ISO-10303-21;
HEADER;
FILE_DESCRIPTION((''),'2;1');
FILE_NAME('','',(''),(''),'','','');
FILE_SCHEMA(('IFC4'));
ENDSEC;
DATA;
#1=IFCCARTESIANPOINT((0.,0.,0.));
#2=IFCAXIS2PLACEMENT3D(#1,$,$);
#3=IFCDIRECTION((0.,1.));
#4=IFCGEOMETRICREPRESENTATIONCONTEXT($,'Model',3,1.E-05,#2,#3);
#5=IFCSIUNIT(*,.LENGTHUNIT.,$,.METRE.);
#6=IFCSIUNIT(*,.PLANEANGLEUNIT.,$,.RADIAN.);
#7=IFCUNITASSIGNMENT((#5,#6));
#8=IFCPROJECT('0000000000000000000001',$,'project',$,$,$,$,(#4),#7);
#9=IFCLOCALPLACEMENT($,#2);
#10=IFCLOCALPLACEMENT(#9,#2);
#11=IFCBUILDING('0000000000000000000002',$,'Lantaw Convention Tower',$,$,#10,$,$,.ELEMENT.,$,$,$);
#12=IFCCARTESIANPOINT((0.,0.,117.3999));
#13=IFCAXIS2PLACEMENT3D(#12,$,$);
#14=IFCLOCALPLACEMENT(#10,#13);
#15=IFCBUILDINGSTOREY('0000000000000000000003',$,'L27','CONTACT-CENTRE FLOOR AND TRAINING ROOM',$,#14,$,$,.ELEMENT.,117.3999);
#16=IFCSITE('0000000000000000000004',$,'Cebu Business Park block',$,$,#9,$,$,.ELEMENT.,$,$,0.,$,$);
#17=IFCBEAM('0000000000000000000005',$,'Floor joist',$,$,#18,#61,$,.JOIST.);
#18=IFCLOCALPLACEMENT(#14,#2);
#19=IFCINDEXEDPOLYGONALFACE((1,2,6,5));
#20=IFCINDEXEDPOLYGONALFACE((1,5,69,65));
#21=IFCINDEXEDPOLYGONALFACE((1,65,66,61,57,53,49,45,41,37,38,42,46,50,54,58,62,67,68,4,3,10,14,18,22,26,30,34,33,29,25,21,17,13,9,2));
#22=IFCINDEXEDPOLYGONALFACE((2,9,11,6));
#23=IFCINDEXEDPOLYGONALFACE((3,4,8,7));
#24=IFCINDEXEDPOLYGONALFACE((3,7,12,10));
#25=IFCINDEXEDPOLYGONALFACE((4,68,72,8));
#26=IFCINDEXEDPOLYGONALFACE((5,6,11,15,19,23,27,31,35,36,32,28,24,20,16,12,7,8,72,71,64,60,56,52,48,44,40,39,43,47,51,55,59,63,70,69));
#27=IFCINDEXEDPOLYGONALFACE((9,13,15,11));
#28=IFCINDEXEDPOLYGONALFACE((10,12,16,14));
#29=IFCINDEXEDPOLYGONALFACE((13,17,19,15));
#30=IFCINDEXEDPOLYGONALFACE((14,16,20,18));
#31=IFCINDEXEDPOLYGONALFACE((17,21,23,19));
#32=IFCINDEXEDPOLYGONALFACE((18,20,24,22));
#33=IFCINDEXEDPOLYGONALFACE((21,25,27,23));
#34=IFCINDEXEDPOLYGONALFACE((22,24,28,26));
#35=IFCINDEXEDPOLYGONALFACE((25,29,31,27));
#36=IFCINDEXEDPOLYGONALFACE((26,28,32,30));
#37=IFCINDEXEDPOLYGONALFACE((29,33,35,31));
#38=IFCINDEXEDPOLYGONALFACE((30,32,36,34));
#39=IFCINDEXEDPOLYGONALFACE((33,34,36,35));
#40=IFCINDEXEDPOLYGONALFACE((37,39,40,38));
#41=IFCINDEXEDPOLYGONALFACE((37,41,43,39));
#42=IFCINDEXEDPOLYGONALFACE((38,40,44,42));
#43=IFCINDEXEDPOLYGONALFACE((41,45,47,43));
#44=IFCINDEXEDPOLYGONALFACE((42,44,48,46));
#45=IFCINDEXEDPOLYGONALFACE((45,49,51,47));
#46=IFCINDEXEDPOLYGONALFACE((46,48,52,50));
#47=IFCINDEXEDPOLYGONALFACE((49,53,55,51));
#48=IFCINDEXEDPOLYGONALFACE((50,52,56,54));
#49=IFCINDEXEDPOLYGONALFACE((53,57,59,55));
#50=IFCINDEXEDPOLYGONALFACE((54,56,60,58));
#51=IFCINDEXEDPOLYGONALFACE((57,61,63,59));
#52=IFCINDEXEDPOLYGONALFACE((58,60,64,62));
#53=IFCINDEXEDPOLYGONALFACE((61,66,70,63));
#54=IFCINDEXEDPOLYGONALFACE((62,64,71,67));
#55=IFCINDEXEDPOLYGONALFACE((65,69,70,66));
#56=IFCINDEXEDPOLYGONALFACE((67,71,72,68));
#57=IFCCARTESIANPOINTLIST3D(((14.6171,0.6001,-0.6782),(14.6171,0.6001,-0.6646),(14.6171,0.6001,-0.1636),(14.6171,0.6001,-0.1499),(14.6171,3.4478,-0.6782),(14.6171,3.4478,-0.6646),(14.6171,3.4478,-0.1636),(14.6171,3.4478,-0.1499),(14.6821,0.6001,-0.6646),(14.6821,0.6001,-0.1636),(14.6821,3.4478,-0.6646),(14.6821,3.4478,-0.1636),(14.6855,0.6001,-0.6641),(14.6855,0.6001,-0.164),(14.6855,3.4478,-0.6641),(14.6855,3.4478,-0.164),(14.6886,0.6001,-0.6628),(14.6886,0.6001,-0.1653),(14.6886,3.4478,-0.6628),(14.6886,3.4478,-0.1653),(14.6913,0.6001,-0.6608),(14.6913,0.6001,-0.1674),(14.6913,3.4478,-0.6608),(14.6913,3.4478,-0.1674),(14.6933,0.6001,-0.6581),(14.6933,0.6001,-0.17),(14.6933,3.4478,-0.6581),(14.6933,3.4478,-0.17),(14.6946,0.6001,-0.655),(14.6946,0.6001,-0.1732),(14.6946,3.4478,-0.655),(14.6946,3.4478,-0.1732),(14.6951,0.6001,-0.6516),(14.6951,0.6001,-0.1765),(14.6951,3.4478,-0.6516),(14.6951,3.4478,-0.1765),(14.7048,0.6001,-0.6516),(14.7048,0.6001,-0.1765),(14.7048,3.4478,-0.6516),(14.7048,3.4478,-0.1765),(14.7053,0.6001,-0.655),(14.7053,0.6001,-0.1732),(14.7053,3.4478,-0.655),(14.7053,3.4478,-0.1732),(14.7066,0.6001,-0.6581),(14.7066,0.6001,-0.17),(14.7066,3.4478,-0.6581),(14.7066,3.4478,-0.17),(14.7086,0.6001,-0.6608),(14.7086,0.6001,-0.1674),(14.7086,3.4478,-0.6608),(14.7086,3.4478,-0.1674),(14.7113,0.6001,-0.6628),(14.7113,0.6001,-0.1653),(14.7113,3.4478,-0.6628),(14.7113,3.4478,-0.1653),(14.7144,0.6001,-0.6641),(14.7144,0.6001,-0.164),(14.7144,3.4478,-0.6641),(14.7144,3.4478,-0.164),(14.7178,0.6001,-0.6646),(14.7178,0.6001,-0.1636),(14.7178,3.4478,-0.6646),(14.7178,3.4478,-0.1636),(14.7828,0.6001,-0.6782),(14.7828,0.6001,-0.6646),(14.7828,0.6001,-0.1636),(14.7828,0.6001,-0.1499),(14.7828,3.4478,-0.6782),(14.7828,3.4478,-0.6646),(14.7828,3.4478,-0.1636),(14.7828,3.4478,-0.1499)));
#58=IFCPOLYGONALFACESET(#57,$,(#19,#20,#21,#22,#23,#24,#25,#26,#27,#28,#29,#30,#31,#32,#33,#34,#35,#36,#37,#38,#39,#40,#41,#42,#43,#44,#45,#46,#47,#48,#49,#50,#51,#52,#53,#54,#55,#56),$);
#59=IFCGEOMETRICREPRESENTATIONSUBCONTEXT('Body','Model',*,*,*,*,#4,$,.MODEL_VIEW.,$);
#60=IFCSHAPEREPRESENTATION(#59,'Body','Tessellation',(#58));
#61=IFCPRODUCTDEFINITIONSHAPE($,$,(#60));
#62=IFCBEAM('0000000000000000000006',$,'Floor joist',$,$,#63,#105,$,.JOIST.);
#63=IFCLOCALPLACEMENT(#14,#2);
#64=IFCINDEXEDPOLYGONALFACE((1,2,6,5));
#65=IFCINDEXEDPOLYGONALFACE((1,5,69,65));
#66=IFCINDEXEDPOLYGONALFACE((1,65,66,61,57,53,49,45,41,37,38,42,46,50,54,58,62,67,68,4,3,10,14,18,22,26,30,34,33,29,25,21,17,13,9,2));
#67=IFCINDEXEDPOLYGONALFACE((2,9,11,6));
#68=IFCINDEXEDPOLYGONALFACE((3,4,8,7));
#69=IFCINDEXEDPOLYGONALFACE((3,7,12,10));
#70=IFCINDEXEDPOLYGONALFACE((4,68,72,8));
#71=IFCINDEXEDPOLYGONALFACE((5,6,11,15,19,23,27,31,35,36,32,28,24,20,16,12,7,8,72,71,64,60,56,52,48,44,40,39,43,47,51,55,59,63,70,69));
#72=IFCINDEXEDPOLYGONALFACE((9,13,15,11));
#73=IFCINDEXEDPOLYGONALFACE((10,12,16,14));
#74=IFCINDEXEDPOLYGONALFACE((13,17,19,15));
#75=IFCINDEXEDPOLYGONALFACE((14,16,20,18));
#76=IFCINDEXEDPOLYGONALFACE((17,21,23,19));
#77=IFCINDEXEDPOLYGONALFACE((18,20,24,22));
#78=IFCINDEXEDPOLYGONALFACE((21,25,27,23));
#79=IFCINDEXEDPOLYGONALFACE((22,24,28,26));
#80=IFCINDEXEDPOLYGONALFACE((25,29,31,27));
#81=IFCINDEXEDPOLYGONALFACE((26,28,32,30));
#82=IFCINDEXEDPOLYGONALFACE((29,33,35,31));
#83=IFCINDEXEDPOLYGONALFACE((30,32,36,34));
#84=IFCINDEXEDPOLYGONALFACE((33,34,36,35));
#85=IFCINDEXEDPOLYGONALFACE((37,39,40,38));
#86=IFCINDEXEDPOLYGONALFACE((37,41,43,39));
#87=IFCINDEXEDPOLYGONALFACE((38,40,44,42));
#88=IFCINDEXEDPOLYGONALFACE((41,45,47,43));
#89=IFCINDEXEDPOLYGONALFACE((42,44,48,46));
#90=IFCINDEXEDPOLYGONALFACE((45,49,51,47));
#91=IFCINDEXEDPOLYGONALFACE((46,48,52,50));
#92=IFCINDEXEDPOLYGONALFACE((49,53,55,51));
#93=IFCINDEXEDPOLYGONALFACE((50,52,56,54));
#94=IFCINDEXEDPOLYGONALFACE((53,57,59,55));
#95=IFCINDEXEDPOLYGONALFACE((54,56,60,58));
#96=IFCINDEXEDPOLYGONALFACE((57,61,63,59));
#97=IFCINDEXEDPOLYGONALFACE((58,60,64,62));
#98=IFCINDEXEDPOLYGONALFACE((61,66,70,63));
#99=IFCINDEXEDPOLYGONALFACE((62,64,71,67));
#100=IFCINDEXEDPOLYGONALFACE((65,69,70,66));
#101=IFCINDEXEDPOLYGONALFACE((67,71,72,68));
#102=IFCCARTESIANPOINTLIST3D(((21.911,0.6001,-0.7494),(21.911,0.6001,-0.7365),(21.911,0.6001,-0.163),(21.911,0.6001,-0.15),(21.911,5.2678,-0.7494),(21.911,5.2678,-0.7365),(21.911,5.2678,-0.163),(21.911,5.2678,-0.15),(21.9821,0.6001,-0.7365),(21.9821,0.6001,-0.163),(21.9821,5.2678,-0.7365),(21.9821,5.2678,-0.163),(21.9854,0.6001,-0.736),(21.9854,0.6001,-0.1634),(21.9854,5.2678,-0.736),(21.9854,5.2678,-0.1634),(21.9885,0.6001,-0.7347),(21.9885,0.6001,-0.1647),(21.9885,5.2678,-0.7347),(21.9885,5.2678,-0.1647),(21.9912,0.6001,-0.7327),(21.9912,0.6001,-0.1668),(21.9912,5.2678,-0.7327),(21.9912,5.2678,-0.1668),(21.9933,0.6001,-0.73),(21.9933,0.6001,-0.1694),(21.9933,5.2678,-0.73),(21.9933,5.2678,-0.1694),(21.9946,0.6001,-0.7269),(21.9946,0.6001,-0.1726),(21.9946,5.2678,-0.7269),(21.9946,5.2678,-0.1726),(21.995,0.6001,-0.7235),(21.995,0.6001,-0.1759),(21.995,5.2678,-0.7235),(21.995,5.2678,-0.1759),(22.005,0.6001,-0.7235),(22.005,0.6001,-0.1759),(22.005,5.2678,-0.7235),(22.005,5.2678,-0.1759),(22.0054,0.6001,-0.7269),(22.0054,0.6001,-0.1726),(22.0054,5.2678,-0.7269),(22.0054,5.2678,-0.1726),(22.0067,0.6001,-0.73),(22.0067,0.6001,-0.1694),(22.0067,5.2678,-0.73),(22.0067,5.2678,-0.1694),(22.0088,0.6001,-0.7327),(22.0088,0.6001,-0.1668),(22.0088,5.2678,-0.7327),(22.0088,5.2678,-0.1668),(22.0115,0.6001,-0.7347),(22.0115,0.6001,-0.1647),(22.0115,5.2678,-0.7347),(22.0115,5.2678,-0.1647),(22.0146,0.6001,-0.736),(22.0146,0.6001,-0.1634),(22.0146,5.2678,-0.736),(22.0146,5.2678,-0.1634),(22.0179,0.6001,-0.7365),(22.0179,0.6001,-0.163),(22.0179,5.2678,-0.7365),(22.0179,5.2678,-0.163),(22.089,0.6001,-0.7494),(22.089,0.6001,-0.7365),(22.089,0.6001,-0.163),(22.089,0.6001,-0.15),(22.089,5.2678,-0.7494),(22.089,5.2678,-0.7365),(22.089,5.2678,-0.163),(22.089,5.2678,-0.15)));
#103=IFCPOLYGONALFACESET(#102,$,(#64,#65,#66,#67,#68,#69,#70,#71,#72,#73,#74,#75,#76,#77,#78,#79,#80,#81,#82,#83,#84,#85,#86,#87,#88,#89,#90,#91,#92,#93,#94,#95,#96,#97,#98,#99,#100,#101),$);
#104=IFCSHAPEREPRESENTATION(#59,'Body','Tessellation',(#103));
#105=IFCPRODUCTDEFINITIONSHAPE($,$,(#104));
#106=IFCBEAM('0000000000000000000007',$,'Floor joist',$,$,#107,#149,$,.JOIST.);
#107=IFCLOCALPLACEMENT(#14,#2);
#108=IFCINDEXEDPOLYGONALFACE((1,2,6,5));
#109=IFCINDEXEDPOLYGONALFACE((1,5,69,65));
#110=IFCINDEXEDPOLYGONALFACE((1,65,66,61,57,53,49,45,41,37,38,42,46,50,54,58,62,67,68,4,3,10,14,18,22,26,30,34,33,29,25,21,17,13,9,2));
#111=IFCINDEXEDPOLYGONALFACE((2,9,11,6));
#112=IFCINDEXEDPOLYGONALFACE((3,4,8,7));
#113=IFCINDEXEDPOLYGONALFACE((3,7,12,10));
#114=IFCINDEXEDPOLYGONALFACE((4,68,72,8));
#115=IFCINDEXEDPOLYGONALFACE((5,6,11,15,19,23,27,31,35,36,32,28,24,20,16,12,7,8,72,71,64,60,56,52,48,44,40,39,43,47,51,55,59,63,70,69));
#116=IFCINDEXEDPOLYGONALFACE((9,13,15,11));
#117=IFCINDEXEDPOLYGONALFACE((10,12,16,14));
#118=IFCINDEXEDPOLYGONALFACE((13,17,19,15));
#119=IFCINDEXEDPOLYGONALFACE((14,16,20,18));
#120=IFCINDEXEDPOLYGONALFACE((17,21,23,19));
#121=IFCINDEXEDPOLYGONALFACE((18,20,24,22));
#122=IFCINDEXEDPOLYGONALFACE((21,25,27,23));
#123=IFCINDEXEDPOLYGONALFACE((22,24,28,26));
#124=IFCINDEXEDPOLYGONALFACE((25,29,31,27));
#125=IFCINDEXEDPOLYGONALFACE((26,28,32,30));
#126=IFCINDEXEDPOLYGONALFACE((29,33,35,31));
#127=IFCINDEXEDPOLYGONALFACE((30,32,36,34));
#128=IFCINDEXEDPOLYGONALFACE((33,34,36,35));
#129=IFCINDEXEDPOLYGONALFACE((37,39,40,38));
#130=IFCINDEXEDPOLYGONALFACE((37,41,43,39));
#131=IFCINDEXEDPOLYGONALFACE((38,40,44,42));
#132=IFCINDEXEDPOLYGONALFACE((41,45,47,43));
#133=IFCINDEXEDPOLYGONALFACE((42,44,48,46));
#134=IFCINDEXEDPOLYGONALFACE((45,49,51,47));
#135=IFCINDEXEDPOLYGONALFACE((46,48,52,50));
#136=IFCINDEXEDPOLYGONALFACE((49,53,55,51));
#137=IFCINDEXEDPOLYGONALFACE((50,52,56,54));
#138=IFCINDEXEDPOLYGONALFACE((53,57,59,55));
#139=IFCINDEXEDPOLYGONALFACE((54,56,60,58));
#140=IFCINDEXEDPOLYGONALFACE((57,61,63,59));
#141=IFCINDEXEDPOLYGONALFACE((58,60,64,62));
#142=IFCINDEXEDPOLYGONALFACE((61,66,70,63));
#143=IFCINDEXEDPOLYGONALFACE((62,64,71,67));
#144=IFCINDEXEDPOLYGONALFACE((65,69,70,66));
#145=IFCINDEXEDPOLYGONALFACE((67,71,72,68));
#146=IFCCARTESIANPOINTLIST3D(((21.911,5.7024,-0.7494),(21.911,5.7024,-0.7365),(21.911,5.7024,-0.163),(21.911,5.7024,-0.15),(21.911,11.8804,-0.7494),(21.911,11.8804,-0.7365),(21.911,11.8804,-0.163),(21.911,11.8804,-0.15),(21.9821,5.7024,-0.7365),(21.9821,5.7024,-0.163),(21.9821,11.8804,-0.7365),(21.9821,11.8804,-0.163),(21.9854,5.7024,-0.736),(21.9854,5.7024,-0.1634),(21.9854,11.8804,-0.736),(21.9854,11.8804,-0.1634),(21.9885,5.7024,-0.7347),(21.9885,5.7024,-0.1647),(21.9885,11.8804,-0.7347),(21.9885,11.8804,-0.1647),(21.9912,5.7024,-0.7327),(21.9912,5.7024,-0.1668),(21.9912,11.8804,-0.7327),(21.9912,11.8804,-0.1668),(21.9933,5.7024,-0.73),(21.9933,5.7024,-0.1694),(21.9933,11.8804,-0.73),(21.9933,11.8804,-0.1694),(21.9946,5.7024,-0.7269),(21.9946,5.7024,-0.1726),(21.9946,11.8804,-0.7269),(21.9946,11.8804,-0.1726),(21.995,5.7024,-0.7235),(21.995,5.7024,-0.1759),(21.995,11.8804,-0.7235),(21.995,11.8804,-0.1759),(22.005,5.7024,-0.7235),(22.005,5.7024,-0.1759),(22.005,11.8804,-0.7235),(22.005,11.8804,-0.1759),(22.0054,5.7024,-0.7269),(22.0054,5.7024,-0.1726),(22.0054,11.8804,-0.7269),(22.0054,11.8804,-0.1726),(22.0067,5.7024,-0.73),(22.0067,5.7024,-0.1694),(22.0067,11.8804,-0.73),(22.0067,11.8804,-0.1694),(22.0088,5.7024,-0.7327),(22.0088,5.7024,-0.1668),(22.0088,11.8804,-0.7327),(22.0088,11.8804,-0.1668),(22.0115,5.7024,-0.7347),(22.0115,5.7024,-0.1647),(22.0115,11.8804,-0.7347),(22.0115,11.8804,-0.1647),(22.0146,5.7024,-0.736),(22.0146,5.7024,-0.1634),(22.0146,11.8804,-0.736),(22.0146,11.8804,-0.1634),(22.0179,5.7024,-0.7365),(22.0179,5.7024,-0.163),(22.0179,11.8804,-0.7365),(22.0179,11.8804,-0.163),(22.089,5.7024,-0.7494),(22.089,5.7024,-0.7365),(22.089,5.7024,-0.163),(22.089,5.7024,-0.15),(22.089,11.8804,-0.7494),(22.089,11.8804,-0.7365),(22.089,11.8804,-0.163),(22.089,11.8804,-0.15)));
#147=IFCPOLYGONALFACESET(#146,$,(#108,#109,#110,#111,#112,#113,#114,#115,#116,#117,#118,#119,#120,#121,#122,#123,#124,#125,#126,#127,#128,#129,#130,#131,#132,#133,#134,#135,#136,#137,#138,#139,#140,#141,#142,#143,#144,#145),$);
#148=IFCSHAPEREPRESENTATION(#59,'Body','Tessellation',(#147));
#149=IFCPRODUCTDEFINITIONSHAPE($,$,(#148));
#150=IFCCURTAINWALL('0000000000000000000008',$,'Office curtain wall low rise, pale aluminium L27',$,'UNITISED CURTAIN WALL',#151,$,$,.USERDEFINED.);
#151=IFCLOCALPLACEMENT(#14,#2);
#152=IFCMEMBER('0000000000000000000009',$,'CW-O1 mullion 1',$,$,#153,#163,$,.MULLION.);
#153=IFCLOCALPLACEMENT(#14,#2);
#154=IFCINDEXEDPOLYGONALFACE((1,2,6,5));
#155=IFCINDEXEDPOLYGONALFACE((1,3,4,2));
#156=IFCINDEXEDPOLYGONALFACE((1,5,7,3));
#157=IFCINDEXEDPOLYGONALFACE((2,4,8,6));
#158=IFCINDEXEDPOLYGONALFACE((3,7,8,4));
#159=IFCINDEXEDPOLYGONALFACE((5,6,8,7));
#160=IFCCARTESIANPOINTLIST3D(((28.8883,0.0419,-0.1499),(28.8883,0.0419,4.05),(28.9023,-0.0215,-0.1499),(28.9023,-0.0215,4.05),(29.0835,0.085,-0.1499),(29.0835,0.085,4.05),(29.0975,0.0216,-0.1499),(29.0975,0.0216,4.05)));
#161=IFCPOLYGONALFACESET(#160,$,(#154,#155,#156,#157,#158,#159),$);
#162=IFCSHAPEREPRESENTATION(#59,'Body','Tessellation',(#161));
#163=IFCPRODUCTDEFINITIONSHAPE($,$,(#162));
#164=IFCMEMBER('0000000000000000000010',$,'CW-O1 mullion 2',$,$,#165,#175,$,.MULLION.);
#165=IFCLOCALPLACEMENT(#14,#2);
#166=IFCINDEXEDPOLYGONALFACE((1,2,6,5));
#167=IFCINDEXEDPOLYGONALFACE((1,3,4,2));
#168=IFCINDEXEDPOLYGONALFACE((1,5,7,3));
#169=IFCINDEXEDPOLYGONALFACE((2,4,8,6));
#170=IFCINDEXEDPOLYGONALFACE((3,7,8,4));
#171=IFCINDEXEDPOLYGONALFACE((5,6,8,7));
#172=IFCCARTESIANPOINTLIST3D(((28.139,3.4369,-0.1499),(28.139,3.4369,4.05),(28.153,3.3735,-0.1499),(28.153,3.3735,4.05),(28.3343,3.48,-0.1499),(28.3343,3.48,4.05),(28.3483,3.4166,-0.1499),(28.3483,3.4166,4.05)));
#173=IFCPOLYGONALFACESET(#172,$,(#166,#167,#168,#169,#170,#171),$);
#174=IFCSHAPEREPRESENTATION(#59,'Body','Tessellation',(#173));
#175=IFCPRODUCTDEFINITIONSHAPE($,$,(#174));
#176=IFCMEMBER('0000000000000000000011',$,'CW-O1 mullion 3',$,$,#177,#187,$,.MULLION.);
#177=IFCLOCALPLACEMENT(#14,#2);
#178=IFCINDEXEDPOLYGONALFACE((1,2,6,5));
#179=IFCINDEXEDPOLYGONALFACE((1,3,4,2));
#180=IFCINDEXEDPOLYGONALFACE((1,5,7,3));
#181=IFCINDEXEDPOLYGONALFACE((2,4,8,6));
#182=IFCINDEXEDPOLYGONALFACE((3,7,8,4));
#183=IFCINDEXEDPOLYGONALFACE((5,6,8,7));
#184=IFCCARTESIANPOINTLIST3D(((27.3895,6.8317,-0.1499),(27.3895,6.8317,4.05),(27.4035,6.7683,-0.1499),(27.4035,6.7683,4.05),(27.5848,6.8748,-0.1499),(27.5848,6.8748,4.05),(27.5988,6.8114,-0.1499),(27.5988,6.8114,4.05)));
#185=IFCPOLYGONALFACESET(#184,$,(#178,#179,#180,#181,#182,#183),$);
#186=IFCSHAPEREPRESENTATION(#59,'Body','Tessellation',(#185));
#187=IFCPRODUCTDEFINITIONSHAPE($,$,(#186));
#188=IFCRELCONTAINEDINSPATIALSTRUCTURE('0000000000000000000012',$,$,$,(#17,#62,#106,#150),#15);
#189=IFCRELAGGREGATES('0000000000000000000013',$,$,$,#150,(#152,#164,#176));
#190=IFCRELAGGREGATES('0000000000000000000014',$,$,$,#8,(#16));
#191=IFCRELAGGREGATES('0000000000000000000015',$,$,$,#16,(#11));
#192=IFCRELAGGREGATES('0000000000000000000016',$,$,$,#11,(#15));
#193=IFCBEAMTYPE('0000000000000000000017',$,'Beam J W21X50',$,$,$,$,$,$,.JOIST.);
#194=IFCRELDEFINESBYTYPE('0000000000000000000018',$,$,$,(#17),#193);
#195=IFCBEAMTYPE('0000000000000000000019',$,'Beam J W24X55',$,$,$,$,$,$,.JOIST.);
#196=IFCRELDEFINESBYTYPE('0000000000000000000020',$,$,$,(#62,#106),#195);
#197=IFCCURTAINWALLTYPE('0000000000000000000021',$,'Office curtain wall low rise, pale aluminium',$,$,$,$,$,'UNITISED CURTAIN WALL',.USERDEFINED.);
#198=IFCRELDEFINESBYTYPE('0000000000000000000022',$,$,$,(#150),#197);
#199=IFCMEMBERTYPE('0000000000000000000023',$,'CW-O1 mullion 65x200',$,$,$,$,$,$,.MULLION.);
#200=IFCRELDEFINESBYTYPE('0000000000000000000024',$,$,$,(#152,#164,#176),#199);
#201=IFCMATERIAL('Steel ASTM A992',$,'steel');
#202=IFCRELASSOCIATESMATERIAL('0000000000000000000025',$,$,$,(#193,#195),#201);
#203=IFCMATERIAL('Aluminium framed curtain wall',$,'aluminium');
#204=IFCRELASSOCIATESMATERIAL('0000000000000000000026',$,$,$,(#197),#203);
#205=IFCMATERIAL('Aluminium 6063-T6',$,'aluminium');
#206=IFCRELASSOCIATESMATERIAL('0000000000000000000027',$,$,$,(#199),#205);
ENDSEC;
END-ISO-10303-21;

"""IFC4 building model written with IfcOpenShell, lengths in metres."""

from ifc_helpers import new_model, si_unit, direction, frame, origin, origin_2d, place, context, subcontext, project, spatial, rectangle, i_section, extrude, material, material_profile, profile_set, type_object, element, aggregate, save


model = new_model("IFC4")

# Units and contexts
model_context = context("Model", 3, precision=1e-05, world=origin(), true_north=direction((0.0, 1.0)))
body_context = subcontext(model_context, "Body", "Model", "MODEL_VIEW")
ifc_project = project(units=[si_unit("LENGTHUNIT", "METRE"), si_unit("PLANEANGLEUNIT", "RADIAN")], contexts=[model_context])

# Site, building, storey
site_placement = place(None, origin())
site = spatial("IfcSite", under=ifc_project, at=site_placement, Name="Cebu Business Park block", CompositionType="ELEMENT", RefElevation=0.0)
building_placement = place(site_placement, origin())
building = spatial("IfcBuilding", under=site, at=building_placement, Name="Lantaw Convention Tower", CompositionType="ELEMENT")
storey_placement = place(building_placement, frame((0.0, 0.0, 117.3999)))
storey = spatial("IfcBuildingStorey", under=building, at=storey_placement, Name="L27", Description="CONTACT-CENTRE FLOOR AND TRAINING ROOM", CompositionType="ELEMENT", Elevation=117.3999)

# Beams
ifc_material_1 = material(Name="Steel ASTM A992", Category="steel")
ifc_material_profile_1 = material_profile(ifc_material_1, i_section(OverallWidth=0.1658, OverallDepth=0.5283, WebThickness=0.0098, FlangeThickness=0.0137, FilletRadius=0.0129, at=origin_2d()), Name="W21X50")
ifc_profile_set_1 = profile_set([ifc_material_profile_1], Name="Steel ASTM A992")
beam_type_1 = type_object("IfcBeamType", Name="Beam J W21X50", PredefinedType="JOIST", material=ifc_profile_set_1)
beam_1_placement = place(storey_placement, frame((14.7, 0.6001, -0.4141), z_axis=(0.0, 1.0, 0.0), x_axis=(-1.0, 0.0, 0.0)))
element("IfcBeam", 1, at=beam_1_placement, inside=storey, type_object=beam_type_1, Name="Floor joist", PredefinedType="JOIST", context=body_context, shape_type="SweptSolid", body=[
    extrude(i_section(OverallWidth=0.1658, OverallDepth=0.5283, WebThickness=0.0098, FlangeThickness=0.0137, FilletRadius=0.0129, at=origin_2d()), origin(), (0.0, 0.0, 1.0), 2.8477),
])
ifc_material_profile_2 = material_profile(ifc_material_1, i_section(OverallWidth=0.178, OverallDepth=0.5994, WebThickness=0.01, FlangeThickness=0.0129, FilletRadius=0.0129, at=origin_2d()), Name="W24X55")
ifc_profile_set_2 = profile_set([ifc_material_profile_2], Name="Steel ASTM A992")
beam_type_2 = type_object("IfcBeamType", Name="Beam J W24X55", PredefinedType="JOIST", material=ifc_profile_set_2)
beam_2_placement = place(storey_placement, frame((22.0, 0.6001, -0.4497), z_axis=(0.0, 1.0, 0.0), x_axis=(-1.0, 0.0, 0.0)))
element("IfcBeam", 2, at=beam_2_placement, inside=storey, type_object=beam_type_2, Name="Floor joist", PredefinedType="JOIST", context=body_context, shape_type="SweptSolid", body=[
    extrude(i_section(OverallWidth=0.178, OverallDepth=0.5994, WebThickness=0.01, FlangeThickness=0.0129, FilletRadius=0.0129, at=origin_2d()), origin(), (0.0, 0.0, 1.0), 4.6677),
])
beam_3_placement = place(storey_placement, frame((22.0, 5.7024, -0.4497), z_axis=(0.0, 1.0, 0.0), x_axis=(-1.0, 0.0, 0.0)))
element("IfcBeam", 3, at=beam_3_placement, inside=storey, type_object=beam_type_2, Name="Floor joist", PredefinedType="JOIST", context=body_context, shape_type="SweptSolid", body=[
    extrude(i_section(OverallWidth=0.178, OverallDepth=0.5994, WebThickness=0.01, FlangeThickness=0.0129, FilletRadius=0.0129, at=origin_2d()), origin(), (0.0, 0.0, 1.0), 6.178),
])

# Curtain wall, members
ifc_material_2 = material(Name="Aluminium framed curtain wall", Category="aluminium")
curtain_wall_type = type_object("IfcCurtainWallType", Name="Office curtain wall low rise, pale aluminium", ElementType="UNITISED CURTAIN WALL", PredefinedType="USERDEFINED", material=ifc_material_2)
curtain_wall_1_placement = place(storey_placement, origin())
curtain_wall_1 = element("IfcCurtainWall", 4, at=curtain_wall_1_placement, inside=storey, type_object=curtain_wall_type, Name="Office curtain wall low rise, pale aluminium L27", ObjectType="UNITISED CURTAIN WALL", PredefinedType="USERDEFINED")
ifc_material_3 = material(Name="Aluminium 6063-T6", Category="aluminium")
ifc_material_profile_3 = material_profile(ifc_material_3, rectangle(XDim=0.2, YDim=0.0649, at=origin_2d()), Name="CW-O1 mullion 65x200")
ifc_profile_set_3 = profile_set([ifc_material_profile_3], Name="Aluminium 6063-T6")
member_type_1 = type_object("IfcMemberType", Name="CW-O1 mullion 65x200", PredefinedType="MULLION", material=ifc_profile_set_3)
member_1_placement = place(storey_placement, frame((28.9929, 0.0317, -0.1499), z_axis=(0.0, 0.0, 1.0), x_axis=(-0.976494, -0.215546, 0.0)))
member_1 = element("IfcMember", 5, at=member_1_placement, type_object=member_type_1, Name="CW-O1 mullion 1", PredefinedType="MULLION", context=body_context, shape_type="SweptSolid", body=[
    extrude(rectangle(XDim=0.2, YDim=0.0649, at=origin_2d()), origin(), (0.0, 0.0, 1.0), 4.2),
])
member_2_placement = place(storey_placement, frame((28.2437, 3.4268, -0.1499), z_axis=(0.0, 0.0, 1.0), x_axis=(-0.976494, -0.215546, 0.0)))
member_2 = element("IfcMember", 6, at=member_2_placement, type_object=member_type_1, Name="CW-O1 mullion 2", PredefinedType="MULLION", context=body_context, shape_type="SweptSolid", body=[
    extrude(rectangle(XDim=0.2, YDim=0.0649, at=origin_2d()), origin(), (0.0, 0.0, 1.0), 4.2),
])
member_3_placement = place(storey_placement, frame((27.4941, 6.8215, -0.1499), z_axis=(0.0, 0.0, 1.0), x_axis=(-0.976494, -0.215546, 0.0)))
member_3 = element("IfcMember", 7, at=member_3_placement, type_object=member_type_1, Name="CW-O1 mullion 3", PredefinedType="MULLION", context=body_context, shape_type="SweptSolid", body=[
    extrude(rectangle(XDim=0.2, YDim=0.0649, at=origin_2d()), origin(), (0.0, 0.0, 1.0), 4.2),
])

aggregate(curtain_wall_1, [member_1, member_2, member_3])

save(model, "model.ifc")
